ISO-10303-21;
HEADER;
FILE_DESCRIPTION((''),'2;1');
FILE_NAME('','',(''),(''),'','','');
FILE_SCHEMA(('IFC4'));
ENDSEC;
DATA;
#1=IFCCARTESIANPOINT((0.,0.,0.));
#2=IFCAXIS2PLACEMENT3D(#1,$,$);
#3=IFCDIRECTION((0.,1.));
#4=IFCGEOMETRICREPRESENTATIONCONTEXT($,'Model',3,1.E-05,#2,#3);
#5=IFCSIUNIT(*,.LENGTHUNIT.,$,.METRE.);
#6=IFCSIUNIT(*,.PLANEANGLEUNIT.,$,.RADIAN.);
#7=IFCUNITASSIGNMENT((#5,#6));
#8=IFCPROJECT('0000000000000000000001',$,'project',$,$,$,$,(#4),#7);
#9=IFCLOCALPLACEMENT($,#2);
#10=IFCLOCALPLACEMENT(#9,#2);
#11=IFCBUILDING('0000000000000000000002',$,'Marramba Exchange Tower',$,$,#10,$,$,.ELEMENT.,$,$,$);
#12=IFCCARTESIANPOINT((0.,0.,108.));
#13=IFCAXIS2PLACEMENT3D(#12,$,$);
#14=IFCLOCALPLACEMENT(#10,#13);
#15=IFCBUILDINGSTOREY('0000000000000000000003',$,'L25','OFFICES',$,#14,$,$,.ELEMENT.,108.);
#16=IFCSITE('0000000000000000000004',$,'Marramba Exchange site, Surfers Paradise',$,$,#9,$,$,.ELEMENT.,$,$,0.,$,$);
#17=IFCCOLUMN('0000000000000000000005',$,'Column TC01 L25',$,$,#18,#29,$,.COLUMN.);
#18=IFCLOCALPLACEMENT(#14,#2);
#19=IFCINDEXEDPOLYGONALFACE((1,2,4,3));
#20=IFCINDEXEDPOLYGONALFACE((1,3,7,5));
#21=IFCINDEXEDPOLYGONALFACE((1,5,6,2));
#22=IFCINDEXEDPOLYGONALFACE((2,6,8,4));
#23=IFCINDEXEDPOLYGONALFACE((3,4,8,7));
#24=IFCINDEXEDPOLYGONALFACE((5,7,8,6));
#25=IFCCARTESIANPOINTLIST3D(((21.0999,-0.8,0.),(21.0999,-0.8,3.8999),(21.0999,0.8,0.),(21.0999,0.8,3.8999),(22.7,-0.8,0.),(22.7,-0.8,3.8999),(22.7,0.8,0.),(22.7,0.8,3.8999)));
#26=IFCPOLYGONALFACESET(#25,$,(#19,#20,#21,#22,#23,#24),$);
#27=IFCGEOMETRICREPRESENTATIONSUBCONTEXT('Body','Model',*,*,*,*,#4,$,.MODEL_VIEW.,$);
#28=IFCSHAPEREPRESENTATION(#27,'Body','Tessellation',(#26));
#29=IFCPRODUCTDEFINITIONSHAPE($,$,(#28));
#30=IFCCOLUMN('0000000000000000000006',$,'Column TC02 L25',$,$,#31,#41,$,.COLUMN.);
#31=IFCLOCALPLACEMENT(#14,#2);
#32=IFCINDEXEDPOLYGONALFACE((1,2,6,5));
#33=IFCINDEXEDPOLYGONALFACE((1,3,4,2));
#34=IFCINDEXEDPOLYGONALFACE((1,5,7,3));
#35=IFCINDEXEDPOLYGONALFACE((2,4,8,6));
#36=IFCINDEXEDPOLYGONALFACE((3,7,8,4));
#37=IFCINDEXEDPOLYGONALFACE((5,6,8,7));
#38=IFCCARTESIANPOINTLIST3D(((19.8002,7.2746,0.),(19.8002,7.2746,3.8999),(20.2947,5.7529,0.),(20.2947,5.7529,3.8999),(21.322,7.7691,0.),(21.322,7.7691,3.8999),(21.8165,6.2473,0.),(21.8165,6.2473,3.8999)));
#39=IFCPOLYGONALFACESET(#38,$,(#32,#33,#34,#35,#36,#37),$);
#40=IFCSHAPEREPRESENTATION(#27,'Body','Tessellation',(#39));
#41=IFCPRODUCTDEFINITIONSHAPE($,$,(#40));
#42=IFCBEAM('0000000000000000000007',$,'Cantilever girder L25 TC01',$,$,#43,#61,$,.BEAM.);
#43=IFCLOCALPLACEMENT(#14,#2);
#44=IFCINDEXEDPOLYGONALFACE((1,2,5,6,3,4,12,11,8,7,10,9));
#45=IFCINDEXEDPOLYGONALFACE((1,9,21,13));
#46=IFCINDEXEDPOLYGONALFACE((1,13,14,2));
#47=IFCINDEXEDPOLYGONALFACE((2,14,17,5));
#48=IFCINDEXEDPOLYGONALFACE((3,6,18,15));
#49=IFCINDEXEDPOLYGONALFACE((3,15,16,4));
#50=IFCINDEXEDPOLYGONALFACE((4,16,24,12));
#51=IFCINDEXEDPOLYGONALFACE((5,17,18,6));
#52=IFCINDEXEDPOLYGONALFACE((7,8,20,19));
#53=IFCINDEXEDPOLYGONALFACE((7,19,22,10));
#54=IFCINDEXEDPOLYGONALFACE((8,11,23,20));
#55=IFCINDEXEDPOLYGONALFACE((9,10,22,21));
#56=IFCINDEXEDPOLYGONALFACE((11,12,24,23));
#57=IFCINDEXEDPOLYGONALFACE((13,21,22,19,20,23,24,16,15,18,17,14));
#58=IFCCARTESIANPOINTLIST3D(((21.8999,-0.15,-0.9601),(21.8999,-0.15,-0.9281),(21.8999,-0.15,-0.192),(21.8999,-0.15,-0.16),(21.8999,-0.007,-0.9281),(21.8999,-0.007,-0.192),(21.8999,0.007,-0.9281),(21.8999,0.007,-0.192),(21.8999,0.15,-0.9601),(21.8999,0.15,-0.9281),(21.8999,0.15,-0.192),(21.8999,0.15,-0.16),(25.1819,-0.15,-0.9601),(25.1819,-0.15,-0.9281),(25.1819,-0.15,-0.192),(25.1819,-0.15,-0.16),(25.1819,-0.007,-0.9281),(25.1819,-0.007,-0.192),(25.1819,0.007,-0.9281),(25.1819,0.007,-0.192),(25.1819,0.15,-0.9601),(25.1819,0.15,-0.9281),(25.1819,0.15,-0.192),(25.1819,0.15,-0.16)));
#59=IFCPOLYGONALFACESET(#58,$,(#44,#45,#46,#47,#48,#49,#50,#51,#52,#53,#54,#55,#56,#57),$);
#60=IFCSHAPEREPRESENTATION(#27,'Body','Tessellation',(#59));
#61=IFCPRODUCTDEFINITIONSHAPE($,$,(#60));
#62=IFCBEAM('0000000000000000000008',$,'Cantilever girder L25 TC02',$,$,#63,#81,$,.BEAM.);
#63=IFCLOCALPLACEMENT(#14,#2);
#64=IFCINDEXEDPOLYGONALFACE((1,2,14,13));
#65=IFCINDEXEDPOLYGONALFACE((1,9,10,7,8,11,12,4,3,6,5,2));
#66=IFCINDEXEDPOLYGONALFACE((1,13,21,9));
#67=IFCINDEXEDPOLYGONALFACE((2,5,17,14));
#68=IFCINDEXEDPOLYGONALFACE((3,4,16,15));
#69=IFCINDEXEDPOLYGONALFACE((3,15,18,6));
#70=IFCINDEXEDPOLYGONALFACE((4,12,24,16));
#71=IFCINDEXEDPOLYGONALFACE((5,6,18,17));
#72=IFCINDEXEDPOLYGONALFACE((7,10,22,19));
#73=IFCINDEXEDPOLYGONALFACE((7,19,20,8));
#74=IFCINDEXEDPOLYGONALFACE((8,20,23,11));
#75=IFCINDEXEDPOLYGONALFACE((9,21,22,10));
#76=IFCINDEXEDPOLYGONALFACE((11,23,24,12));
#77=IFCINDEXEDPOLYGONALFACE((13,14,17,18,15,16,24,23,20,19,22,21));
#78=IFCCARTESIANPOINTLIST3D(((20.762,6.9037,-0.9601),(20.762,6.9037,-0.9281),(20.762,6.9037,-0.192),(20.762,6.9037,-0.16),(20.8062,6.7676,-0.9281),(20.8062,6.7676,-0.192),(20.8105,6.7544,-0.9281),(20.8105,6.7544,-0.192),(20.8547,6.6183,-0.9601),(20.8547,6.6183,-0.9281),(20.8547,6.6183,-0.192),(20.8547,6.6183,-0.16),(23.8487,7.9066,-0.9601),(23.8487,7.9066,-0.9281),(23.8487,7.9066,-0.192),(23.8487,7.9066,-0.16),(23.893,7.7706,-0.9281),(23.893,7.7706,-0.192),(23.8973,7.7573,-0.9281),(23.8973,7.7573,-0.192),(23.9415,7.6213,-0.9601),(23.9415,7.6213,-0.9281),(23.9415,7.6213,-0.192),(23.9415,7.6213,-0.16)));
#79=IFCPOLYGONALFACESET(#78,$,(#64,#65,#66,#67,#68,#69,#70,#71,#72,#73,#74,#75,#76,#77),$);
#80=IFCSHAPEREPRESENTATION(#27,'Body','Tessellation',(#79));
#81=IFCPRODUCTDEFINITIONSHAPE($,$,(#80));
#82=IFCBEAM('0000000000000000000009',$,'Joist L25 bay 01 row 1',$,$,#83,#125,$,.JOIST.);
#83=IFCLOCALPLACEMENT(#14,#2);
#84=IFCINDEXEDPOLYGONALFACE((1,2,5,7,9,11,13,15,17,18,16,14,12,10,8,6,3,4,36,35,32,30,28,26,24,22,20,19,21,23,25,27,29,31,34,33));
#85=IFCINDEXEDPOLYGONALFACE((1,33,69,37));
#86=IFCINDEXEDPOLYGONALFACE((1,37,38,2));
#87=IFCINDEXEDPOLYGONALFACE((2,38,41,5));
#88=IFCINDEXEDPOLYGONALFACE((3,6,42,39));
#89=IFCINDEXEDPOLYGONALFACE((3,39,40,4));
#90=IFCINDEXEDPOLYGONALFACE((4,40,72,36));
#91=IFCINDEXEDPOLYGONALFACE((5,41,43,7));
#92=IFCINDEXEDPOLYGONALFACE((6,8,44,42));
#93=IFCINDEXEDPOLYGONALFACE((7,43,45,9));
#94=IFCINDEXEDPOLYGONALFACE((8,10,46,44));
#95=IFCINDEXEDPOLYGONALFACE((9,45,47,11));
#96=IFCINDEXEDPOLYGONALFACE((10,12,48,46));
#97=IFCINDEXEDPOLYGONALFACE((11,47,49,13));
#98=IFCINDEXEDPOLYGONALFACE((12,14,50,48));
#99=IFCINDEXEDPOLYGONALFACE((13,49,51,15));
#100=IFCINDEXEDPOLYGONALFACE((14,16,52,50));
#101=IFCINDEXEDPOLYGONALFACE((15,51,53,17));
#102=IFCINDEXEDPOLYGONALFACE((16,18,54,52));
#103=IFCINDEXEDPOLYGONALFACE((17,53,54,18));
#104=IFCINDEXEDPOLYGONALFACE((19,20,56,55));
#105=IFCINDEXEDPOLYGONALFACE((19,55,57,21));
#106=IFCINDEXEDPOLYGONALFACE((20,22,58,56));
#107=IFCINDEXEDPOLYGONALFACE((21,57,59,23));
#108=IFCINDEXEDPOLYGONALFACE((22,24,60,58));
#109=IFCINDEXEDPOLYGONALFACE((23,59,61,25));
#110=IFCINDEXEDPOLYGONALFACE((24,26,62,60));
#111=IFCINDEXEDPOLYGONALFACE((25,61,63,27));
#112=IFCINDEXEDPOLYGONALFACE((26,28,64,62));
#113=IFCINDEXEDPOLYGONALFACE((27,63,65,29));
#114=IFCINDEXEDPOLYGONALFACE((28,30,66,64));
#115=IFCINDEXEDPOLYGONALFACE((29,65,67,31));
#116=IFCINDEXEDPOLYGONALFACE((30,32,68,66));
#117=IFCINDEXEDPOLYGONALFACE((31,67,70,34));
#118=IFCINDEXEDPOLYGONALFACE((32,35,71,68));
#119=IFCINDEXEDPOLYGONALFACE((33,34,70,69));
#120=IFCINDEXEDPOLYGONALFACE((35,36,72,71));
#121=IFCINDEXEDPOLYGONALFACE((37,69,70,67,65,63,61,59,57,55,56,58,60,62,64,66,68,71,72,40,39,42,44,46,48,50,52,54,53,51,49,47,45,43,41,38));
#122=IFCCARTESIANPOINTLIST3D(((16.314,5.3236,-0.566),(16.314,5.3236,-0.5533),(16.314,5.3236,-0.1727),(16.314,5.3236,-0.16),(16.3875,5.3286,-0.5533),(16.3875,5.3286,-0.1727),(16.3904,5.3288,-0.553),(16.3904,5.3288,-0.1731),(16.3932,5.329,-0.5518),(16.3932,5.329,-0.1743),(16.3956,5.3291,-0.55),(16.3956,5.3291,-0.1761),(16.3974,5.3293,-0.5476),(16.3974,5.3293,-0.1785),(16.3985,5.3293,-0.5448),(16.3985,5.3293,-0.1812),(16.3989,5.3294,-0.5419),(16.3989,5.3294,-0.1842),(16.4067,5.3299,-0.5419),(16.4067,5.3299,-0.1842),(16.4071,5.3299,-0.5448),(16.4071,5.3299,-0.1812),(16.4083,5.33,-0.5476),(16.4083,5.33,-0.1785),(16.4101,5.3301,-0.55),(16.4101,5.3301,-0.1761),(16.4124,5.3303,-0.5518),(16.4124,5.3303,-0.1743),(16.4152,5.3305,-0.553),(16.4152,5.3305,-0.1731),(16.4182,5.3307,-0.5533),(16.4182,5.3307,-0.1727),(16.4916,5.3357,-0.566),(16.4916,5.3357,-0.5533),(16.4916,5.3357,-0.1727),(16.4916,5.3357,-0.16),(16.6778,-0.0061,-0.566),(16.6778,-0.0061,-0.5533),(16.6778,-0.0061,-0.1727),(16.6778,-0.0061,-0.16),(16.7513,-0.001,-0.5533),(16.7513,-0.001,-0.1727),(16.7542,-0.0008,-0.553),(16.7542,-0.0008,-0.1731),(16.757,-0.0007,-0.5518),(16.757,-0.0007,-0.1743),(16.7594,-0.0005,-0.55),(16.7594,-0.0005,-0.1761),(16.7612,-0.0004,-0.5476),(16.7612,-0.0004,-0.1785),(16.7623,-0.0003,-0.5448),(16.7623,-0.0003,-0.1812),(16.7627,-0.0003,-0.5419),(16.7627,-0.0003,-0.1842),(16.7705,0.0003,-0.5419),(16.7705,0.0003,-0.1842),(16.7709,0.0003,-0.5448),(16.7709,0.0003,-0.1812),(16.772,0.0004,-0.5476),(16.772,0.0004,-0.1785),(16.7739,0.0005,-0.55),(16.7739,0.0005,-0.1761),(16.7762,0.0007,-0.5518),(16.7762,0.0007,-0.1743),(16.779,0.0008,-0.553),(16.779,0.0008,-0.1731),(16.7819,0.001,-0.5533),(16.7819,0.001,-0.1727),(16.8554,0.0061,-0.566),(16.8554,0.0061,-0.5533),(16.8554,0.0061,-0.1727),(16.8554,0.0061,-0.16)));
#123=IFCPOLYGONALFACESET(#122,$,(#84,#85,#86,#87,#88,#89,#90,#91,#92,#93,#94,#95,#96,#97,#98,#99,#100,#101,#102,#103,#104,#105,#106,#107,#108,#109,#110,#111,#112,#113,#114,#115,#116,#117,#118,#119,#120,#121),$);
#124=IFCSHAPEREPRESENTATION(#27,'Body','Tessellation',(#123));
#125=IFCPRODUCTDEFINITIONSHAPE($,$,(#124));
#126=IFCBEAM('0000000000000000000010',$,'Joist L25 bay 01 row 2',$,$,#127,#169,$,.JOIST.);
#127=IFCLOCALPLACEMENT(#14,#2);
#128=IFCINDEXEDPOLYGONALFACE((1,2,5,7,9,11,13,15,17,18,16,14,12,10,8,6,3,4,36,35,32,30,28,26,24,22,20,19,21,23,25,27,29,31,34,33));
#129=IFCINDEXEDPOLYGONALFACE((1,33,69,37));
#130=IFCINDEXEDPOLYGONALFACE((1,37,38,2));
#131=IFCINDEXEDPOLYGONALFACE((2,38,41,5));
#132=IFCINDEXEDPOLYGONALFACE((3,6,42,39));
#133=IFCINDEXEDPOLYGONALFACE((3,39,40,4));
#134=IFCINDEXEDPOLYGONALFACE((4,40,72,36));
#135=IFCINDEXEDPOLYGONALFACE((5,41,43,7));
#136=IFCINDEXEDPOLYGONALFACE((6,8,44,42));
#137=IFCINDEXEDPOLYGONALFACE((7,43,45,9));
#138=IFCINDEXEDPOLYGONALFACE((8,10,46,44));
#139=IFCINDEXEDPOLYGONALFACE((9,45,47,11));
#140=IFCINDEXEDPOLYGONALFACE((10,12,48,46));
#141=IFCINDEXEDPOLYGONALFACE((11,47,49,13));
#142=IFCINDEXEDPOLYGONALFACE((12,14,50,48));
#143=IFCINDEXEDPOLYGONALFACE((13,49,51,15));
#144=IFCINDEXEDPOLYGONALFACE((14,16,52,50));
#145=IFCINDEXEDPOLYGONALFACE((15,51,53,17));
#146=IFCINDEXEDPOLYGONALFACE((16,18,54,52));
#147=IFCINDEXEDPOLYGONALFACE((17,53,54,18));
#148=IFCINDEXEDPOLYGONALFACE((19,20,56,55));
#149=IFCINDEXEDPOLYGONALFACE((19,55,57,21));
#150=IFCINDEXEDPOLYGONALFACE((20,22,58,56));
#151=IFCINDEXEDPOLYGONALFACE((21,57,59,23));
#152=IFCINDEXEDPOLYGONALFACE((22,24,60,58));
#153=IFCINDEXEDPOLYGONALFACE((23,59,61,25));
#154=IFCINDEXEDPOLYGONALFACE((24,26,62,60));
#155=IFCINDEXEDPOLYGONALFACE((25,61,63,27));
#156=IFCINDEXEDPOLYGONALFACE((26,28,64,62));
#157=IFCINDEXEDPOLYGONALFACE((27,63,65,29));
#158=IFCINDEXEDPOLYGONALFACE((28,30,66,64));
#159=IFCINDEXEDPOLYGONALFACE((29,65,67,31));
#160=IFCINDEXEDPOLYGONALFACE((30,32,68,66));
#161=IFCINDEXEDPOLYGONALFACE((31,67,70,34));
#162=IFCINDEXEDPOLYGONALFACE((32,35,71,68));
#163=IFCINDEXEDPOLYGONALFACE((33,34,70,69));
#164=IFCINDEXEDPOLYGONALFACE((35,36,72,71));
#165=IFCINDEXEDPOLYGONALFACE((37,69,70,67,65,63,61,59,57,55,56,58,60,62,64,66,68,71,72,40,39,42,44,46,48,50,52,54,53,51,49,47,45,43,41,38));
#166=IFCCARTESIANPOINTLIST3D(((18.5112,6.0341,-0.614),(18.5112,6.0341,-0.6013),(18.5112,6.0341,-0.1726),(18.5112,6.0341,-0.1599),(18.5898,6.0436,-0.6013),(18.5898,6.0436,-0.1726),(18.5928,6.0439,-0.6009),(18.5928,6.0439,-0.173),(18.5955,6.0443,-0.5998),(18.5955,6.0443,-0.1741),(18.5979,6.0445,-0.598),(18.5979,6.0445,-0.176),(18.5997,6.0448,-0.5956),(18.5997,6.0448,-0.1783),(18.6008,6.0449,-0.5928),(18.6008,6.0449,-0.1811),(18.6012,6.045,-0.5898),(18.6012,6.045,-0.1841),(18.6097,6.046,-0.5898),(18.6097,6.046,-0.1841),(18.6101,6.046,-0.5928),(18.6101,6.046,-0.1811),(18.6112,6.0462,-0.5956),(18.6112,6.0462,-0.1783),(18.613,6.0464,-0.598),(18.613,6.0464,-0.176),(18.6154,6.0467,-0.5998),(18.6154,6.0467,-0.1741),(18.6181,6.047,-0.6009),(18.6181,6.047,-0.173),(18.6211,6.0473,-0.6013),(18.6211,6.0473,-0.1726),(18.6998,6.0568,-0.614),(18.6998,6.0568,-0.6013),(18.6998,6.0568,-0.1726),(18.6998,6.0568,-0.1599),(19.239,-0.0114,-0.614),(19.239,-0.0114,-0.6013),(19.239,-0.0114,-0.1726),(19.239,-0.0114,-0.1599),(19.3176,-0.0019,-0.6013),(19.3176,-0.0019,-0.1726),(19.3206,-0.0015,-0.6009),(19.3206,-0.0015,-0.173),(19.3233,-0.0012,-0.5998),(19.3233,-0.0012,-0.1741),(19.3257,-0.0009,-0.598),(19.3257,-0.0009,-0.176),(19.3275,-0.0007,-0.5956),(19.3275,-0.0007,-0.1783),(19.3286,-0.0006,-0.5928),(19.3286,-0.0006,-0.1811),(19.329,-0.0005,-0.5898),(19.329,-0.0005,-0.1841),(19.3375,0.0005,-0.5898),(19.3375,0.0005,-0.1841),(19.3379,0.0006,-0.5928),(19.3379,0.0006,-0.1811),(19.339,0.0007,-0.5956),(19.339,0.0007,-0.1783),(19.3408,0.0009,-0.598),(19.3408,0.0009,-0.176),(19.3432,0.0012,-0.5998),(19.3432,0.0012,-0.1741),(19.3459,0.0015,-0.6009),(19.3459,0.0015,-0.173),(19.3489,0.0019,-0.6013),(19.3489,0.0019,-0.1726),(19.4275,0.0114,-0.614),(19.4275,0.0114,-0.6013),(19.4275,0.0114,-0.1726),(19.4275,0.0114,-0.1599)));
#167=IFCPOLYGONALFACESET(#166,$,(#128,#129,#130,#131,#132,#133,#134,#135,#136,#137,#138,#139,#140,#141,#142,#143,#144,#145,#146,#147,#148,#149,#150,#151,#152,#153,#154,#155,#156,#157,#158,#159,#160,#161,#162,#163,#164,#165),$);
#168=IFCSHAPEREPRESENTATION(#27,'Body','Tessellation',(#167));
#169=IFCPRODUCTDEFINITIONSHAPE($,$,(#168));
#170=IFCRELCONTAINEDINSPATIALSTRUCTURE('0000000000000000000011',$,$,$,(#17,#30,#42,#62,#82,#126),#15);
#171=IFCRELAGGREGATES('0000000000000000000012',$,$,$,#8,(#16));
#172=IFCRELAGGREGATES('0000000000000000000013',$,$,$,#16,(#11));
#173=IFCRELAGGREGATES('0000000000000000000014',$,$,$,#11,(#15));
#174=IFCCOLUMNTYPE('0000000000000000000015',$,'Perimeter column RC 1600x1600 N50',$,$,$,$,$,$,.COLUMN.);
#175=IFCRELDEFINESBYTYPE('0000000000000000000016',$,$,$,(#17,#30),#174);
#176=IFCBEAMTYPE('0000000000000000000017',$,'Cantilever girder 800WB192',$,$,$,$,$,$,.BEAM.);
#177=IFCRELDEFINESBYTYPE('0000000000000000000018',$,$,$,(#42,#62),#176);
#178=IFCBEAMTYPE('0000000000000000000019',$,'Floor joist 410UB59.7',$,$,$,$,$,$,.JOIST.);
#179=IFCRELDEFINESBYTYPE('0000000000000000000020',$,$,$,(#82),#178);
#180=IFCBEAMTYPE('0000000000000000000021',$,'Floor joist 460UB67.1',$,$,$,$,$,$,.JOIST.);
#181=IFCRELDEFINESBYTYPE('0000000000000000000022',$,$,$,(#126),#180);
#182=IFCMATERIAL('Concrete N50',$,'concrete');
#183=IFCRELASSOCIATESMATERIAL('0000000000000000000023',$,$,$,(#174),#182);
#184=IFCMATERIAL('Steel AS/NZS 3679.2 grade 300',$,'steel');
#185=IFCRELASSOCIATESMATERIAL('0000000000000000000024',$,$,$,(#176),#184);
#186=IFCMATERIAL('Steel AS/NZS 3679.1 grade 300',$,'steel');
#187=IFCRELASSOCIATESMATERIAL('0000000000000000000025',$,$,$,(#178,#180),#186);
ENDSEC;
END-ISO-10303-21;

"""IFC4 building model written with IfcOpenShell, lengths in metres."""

from ifc_helpers import new_model, si_unit, direction, frame, origin, origin_2d, place, context, subcontext, project, spatial, rectangle, i_section, extrude, material, material_profile, profile_set, type_object, element, save


model = new_model("IFC4")

# Units and contexts
model_context = context("Model", 3, precision=1e-05, world=origin(), true_north=direction((0.0, 1.0)))
body_context = subcontext(model_context, "Body", "Model", "MODEL_VIEW")
ifc_project = project(units=[si_unit("LENGTHUNIT", "METRE"), si_unit("PLANEANGLEUNIT", "RADIAN")], contexts=[model_context])

# Site, building, storey
site_placement = place(None, origin())
site = spatial("IfcSite", under=ifc_project, at=site_placement, Name="Marramba Exchange site, Surfers Paradise", CompositionType="ELEMENT", RefElevation=0.0)
building_placement = place(site_placement, origin())
building = spatial("IfcBuilding", under=site, at=building_placement, Name="Marramba Exchange Tower", CompositionType="ELEMENT")
storey_placement = place(building_placement, frame((0.0, 0.0, 108.0)))
storey = spatial("IfcBuildingStorey", under=building, at=storey_placement, Name="L25", Description="OFFICES", CompositionType="ELEMENT", Elevation=108.0)

# Columns
ifc_material_1 = material(Name="Concrete N50", Category="concrete")
ifc_material_profile_1 = material_profile(ifc_material_1, rectangle(XDim=1.6001, YDim=1.6001, at=origin_2d()), Name="RC 1600x1600")
ifc_profile_set_1 = profile_set([ifc_material_profile_1], Name="Concrete N50")
column_type = type_object("IfcColumnType", Name="Perimeter column RC 1600x1600 N50", PredefinedType="COLUMN", material=ifc_profile_set_1)
for number, where, z_axis, x_axis, name in (
    (1, (21.8999, 0.0, 0.0), (0.0, 0.0, 1.0), (1.0, 0.0, 0.0), "Column TC01 L25"),
    (2, (20.8083, 6.761, 0.0), (0.0, 0.0, 1.0), (0.951057, 0.309017, 0.0), "Column TC02 L25"),
):
    element("IfcColumn", number, at=place(storey_placement, frame(where, z_axis=z_axis, x_axis=x_axis)), inside=storey, type_object=column_type, Name=name, PredefinedType="COLUMN", context=body_context, shape_type="SweptSolid", body=[
        extrude(rectangle(XDim=1.6001, YDim=1.6001, at=origin_2d()), origin(), (0.0, 0.0, 1.0), 3.8999),
    ])

# Beams
ifc_material_2 = material(Name="Steel AS/NZS 3679.2 grade 300", Category="steel")
ifc_material_profile_2 = material_profile(ifc_material_2, i_section(OverallWidth=0.3, OverallDepth=0.8, WebThickness=0.0139, FlangeThickness=0.032, at=origin_2d()), Name="800WB192")
ifc_profile_set_2 = profile_set([ifc_material_profile_2], Name="Steel AS/NZS 3679.2 grade 300")
beam_type_1 = type_object("IfcBeamType", Name="Cantilever girder 800WB192", PredefinedType="BEAM", material=ifc_profile_set_2)
beam_1_placement = place(storey_placement, frame((21.8999, 0.0, -0.5601), z_axis=(1.0, 0.0, 0.0), x_axis=(0.0, 1.0, 0.0)))
element("IfcBeam", 3, at=beam_1_placement, inside=storey, type_object=beam_type_1, Name="Cantilever girder L25 TC01", PredefinedType="BEAM", context=body_context, shape_type="SweptSolid", body=[
    extrude(i_section(OverallWidth=0.3, OverallDepth=0.8, WebThickness=0.0139, FlangeThickness=0.032, at=origin_2d()), origin(), (0.0, 0.0, 1.0), 3.282),
])
beam_2_placement = place(storey_placement, frame((20.8083, 6.761, -0.5601), z_axis=(0.951056, 0.30902, 0.0), x_axis=(-0.30902, 0.951056, 0.0)))
element("IfcBeam", 4, at=beam_2_placement, inside=storey, type_object=beam_type_1, Name="Cantilever girder L25 TC02", PredefinedType="BEAM", context=body_context, shape_type="SweptSolid", body=[
    extrude(i_section(OverallWidth=0.3, OverallDepth=0.8, WebThickness=0.0139, FlangeThickness=0.032, at=origin_2d()), origin(), (0.0, 0.0, 1.0), 3.2456),
])
ifc_material_3 = material(Name="Steel AS/NZS 3679.1 grade 300", Category="steel")
ifc_material_profile_3 = material_profile(ifc_material_3, i_section(OverallWidth=0.178, OverallDepth=0.406, WebThickness=0.0078, FlangeThickness=0.0127, FilletRadius=0.0115, at=origin_2d()), Name="410UB59.7")
ifc_profile_set_3 = profile_set([ifc_material_profile_3], Name="Steel AS/NZS 3679.1 grade 300")
beam_type_2 = type_object("IfcBeamType", Name="Floor joist 410UB59.7", PredefinedType="JOIST", material=ifc_profile_set_3)
beam_3_placement = place(storey_placement, frame((16.7666, 0.0, -0.363), z_axis=(-0.068096, 0.997679, 0.0), x_axis=(-0.997679, -0.068096, 0.0)))
element("IfcBeam", 5, at=beam_3_placement, inside=storey, type_object=beam_type_2, Name="Joist L25 bay 01 row 1", PredefinedType="JOIST", context=body_context, shape_type="SweptSolid", body=[
    extrude(i_section(OverallWidth=0.178, OverallDepth=0.406, WebThickness=0.0078, FlangeThickness=0.0127, FilletRadius=0.0115, at=origin_2d()), origin(), (0.0, 0.0, 1.0), 5.342),
])
ifc_material_profile_4 = material_profile(ifc_material_3, i_section(OverallWidth=0.1899, OverallDepth=0.4541, WebThickness=0.0085, FlangeThickness=0.0127, FilletRadius=0.0115, at=origin_2d()), Name="460UB67.1")
ifc_profile_set_4 = profile_set([ifc_material_profile_4], Name="Steel AS/NZS 3679.1 grade 300")
beam_type_3 = type_object("IfcBeamType", Name="Floor joist 460UB67.1", PredefinedType="JOIST", material=ifc_profile_set_4)
beam_4_placement = place(storey_placement, frame((19.3333, 0.0, -0.387), z_axis=(-0.119523, 0.992831, 0.0), x_axis=(-0.992831, -0.119523, 0.0)))
element("IfcBeam", 6, at=beam_4_placement, inside=storey, type_object=beam_type_3, Name="Joist L25 bay 01 row 2", PredefinedType="JOIST", context=body_context, shape_type="SweptSolid", body=[
    extrude(i_section(OverallWidth=0.1899, OverallDepth=0.4541, WebThickness=0.0085, FlangeThickness=0.0127, FilletRadius=0.0115, at=origin_2d()), origin(), (0.0, 0.0, 1.0), 6.0891),
])

save(model, "model.ifc")
